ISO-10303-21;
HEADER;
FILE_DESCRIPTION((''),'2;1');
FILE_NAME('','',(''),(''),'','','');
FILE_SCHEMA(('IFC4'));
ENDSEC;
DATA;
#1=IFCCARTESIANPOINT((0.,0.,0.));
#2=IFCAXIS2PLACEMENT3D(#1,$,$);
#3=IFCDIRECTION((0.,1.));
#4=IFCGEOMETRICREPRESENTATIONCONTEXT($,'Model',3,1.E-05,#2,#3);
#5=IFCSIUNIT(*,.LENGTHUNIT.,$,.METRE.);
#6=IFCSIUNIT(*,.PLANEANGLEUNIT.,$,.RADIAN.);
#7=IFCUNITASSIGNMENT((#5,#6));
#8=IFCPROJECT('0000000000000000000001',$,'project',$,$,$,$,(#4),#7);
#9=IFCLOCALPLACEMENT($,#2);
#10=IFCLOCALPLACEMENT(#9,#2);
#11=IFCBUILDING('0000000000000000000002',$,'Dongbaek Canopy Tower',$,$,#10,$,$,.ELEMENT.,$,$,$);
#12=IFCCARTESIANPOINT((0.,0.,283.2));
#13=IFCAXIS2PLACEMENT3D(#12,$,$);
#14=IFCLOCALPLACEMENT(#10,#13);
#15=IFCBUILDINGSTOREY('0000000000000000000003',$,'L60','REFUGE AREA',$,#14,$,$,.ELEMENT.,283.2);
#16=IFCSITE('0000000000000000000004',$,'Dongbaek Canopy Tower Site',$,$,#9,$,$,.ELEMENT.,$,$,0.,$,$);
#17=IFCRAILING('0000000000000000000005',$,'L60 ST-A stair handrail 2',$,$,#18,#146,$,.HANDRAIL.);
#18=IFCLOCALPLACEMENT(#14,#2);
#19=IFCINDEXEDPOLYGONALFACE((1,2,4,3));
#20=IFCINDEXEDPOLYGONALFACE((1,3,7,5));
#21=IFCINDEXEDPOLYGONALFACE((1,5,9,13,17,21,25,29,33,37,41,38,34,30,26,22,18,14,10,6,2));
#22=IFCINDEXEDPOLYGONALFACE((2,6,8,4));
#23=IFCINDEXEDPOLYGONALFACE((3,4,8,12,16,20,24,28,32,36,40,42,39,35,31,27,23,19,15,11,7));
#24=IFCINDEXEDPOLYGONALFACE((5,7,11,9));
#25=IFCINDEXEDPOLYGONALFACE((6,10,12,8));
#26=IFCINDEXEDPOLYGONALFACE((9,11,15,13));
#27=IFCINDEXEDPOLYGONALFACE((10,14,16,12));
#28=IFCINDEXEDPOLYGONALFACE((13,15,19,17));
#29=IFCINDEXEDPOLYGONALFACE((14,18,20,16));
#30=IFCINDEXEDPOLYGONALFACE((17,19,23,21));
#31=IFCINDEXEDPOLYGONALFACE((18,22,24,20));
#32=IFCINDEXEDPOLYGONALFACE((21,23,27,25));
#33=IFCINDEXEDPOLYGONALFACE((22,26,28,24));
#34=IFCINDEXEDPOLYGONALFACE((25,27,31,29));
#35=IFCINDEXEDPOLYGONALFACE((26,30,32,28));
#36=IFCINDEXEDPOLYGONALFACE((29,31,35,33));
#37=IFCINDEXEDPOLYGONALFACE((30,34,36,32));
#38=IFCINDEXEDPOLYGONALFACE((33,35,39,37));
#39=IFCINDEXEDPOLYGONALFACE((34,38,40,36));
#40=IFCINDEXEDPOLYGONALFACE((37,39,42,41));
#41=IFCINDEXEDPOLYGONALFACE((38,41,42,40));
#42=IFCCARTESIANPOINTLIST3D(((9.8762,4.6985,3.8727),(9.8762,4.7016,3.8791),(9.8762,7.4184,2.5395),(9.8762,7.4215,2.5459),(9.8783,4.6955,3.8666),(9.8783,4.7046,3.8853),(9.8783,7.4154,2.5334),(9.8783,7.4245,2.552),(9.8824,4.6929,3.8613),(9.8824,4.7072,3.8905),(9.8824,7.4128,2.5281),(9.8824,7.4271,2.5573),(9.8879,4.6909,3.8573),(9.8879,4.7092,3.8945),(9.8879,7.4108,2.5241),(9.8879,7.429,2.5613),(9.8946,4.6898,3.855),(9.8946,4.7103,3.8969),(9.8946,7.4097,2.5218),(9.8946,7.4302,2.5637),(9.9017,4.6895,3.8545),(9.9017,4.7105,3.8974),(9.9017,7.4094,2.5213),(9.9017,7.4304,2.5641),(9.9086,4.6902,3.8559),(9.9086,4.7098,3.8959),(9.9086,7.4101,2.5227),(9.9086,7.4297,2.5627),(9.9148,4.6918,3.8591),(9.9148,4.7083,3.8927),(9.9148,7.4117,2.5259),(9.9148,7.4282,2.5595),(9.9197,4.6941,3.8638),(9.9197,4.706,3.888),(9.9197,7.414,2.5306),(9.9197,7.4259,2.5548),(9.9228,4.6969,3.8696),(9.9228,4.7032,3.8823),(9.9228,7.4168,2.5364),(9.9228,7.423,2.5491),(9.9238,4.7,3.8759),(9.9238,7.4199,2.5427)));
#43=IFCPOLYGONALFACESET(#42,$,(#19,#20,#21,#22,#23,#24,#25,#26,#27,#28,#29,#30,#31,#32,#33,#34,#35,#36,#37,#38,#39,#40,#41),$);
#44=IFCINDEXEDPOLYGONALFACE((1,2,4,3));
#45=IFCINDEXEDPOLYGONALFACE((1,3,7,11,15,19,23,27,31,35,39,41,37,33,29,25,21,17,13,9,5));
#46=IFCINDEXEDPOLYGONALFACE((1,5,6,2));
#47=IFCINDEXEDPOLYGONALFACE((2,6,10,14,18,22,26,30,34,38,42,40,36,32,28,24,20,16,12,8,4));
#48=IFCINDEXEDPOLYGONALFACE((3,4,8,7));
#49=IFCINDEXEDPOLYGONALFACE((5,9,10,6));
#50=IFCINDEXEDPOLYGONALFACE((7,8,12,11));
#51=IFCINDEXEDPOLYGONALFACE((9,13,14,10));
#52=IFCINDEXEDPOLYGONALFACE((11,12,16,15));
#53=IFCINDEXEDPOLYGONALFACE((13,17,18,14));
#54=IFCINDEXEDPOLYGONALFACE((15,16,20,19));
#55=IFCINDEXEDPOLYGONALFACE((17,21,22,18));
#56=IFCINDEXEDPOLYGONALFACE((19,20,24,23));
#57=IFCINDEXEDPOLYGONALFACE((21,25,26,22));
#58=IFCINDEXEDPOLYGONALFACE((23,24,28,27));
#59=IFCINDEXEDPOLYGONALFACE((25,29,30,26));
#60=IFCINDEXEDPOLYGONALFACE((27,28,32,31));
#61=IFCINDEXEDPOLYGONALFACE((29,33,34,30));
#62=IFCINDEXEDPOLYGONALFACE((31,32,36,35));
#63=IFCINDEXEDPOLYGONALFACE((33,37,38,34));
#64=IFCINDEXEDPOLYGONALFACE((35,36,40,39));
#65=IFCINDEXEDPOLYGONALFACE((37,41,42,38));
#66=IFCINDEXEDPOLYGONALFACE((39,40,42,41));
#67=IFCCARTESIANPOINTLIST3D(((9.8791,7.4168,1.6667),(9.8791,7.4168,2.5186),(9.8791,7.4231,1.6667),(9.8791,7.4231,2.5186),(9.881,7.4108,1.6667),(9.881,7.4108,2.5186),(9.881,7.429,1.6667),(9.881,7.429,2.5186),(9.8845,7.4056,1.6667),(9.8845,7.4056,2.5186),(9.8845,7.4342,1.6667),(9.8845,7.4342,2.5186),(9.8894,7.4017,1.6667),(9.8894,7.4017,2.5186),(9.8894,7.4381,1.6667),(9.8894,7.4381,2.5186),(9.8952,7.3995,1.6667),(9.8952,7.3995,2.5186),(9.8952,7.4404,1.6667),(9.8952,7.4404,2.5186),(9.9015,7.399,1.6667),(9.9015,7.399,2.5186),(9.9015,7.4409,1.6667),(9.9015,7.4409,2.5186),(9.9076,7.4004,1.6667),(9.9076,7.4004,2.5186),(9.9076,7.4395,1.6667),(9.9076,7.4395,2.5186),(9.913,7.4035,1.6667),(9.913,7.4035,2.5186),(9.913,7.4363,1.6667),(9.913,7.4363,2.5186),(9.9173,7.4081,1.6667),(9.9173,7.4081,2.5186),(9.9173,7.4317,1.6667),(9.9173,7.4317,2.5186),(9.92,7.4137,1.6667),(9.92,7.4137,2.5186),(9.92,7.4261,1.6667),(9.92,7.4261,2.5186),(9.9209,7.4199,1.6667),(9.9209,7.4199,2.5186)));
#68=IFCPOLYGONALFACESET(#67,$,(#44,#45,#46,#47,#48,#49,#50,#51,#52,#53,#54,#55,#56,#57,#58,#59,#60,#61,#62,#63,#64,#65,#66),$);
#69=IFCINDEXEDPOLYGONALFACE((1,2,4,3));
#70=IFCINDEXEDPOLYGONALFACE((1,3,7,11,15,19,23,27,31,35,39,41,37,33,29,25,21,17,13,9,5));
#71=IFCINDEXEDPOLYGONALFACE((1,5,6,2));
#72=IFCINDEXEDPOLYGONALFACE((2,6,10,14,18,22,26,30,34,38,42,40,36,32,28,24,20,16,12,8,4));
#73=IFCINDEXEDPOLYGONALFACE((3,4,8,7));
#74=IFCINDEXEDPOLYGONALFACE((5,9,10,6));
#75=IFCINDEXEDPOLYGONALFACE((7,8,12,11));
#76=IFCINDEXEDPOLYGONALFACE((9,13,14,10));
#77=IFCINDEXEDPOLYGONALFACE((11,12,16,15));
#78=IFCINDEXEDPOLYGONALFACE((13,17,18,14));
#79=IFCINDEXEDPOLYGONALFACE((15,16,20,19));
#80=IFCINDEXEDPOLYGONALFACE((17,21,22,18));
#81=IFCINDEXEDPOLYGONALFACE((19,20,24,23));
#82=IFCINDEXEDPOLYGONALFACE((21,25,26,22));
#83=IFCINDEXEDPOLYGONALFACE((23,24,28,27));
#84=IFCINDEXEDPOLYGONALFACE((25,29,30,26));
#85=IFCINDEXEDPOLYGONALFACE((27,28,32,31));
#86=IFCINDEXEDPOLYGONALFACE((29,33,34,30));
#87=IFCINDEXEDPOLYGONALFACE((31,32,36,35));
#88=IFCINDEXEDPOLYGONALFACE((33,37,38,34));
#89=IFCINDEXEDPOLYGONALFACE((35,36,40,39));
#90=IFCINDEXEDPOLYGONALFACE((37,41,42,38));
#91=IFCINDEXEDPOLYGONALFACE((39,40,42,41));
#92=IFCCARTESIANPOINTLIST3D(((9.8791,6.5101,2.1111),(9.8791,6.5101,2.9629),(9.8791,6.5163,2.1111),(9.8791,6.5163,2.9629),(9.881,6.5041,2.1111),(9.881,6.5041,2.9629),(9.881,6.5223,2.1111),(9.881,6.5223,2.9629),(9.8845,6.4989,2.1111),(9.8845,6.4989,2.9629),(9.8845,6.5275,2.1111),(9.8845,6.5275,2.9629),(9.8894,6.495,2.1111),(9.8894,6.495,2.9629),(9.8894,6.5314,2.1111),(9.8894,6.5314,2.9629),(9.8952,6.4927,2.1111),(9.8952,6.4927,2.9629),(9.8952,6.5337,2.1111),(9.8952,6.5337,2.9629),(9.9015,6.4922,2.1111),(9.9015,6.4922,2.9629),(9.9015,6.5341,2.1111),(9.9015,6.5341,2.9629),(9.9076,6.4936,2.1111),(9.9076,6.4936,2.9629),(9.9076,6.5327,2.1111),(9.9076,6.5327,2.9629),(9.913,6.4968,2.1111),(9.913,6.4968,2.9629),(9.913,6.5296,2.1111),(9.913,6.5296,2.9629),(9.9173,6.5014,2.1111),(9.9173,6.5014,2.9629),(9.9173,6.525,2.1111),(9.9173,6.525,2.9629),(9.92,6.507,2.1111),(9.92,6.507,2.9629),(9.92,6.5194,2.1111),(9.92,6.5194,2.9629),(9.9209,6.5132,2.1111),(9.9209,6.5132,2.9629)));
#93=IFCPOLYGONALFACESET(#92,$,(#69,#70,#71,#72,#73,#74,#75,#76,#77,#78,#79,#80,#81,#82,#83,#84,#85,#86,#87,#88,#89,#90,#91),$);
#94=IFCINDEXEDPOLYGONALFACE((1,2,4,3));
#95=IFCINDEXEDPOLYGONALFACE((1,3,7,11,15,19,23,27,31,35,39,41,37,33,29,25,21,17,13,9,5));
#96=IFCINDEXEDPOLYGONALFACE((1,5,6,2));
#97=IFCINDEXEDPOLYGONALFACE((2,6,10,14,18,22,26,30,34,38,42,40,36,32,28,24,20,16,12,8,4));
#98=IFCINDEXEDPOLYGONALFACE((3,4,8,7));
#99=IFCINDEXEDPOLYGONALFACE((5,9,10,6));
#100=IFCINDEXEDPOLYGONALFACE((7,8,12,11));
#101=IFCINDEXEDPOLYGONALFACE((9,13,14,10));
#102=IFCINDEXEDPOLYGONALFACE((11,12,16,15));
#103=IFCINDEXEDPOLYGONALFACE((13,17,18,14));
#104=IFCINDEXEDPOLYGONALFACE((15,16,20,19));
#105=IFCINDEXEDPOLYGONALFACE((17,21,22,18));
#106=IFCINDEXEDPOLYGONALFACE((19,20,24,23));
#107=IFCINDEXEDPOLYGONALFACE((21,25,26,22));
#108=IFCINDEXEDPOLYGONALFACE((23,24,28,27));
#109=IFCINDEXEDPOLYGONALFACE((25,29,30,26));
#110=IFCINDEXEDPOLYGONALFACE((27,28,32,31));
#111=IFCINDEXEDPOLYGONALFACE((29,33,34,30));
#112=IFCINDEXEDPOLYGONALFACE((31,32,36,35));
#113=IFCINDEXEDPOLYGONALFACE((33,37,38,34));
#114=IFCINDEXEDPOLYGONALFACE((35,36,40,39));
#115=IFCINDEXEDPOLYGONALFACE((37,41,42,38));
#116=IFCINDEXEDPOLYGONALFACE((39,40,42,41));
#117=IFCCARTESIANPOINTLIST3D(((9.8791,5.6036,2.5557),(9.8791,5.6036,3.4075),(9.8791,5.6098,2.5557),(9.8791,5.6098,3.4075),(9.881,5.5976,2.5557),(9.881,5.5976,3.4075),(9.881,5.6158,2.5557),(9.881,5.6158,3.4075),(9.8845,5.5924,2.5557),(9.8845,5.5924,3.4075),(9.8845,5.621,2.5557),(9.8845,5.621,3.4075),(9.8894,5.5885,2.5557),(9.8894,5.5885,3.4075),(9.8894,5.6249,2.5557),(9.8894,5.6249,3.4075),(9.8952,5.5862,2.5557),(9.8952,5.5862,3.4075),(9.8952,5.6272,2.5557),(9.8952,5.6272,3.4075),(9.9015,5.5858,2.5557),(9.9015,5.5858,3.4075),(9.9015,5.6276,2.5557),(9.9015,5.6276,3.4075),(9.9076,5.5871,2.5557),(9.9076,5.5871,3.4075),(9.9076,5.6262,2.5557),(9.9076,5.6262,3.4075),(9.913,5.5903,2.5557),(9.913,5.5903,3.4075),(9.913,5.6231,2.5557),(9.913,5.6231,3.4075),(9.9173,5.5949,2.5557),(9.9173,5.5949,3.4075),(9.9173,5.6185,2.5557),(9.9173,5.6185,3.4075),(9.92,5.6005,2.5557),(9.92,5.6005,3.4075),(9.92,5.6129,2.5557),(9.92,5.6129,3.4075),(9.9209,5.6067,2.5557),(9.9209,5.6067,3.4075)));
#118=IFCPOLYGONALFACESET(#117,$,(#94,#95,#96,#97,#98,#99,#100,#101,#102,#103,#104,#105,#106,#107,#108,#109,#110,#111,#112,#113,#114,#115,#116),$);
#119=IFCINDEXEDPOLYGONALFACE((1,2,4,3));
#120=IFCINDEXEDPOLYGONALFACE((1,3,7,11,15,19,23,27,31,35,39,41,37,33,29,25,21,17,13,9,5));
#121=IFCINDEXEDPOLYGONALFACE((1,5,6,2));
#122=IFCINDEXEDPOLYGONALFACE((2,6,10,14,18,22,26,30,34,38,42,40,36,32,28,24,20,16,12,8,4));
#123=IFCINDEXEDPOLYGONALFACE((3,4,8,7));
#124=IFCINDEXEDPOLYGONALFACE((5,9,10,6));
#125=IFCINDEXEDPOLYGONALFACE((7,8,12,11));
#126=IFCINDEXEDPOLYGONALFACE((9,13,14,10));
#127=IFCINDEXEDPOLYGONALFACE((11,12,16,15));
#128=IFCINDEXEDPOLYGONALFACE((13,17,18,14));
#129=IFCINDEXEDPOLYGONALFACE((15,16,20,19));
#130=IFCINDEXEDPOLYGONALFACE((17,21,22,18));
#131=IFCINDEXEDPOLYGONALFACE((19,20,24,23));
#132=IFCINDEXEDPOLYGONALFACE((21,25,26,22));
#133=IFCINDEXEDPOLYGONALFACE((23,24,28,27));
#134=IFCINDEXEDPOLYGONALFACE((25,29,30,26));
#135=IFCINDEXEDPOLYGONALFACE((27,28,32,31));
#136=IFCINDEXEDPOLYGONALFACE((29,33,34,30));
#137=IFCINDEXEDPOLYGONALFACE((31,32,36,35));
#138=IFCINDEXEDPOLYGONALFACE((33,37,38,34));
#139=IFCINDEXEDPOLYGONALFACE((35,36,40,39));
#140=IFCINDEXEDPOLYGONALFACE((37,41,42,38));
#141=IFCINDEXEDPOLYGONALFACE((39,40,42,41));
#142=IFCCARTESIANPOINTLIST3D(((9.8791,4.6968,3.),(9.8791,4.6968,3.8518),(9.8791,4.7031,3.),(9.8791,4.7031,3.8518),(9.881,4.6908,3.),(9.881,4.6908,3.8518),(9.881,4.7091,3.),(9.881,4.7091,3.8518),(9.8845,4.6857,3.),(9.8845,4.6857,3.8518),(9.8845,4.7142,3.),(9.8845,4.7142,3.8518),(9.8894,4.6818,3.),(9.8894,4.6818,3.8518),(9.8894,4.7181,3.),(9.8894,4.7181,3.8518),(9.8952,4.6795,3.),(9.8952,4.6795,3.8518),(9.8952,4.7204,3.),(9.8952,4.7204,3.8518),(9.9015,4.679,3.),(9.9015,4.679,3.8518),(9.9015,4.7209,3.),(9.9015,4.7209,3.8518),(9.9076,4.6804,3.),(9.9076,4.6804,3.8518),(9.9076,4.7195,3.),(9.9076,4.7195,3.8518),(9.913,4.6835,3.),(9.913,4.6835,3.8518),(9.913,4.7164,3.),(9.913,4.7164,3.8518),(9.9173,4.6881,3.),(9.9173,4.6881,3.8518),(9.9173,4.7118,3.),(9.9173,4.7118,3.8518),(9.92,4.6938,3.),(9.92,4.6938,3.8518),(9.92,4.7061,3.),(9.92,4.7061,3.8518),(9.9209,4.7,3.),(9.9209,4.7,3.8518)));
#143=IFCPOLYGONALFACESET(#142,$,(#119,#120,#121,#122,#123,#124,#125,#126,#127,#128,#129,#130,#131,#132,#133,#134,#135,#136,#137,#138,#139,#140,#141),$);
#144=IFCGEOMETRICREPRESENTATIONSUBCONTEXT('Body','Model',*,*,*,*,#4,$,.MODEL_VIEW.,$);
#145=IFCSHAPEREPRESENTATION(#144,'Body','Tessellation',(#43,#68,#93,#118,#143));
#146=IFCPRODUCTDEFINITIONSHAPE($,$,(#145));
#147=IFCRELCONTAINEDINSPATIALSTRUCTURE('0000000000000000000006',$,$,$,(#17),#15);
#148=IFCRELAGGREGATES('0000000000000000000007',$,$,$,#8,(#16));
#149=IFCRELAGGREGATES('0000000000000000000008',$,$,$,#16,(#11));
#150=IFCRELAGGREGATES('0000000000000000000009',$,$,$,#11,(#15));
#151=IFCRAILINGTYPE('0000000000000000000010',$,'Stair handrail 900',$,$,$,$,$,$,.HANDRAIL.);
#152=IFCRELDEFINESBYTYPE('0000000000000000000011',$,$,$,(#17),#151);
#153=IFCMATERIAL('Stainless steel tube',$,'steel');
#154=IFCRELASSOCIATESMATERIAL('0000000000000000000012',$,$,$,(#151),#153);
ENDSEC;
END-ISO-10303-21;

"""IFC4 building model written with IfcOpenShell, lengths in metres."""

from ifc_helpers import new_model, si_unit, direction, frame, origin, origin_2d, place, context, subcontext, project, spatial, circle, extrude, material, type_object, element, save


model = new_model("IFC4")

# Units and contexts
model_context = context("Model", 3, precision=1e-05, world=origin(), true_north=direction((0.0, 1.0)))
body_context = subcontext(model_context, "Body", "Model", "MODEL_VIEW")
ifc_project = project(units=[si_unit("LENGTHUNIT", "METRE"), si_unit("PLANEANGLEUNIT", "RADIAN")], contexts=[model_context])

# Site, building, storey
site_placement = place(None, origin())
site = spatial("IfcSite", under=ifc_project, at=site_placement, Name="Dongbaek Canopy Tower Site", CompositionType="ELEMENT", RefElevation=0.0)
building_placement = place(site_placement, origin())
building = spatial("IfcBuilding", under=site, at=building_placement, Name="Dongbaek Canopy Tower", CompositionType="ELEMENT")
storey_placement = place(building_placement, frame((0.0, 0.0, 283.2)))
storey = spatial("IfcBuildingStorey", under=building, at=storey_placement, Name="L60", Description="REFUGE AREA", CompositionType="ELEMENT", Elevation=283.2)

# Railing
ifc_material_1 = material(Name="Stainless steel tube", Category="steel")
railing_type_1 = type_object("IfcRailingType", Name="Stair handrail 900", PredefinedType="HANDRAIL", material=ifc_material_1)
for number, where, name in (
    (1, (9.8999, 7.4199, 1.6667), "L60 ST-A stair handrail 2"),
):
    element("IfcRailing", number, at=place(storey_placement, frame(where)), inside=storey, type_object=railing_type_1, Name=name, PredefinedType="HANDRAIL", context=body_context, shape_type="SweptSolid", body=[
        extrude(circle(Radius=0.0239, at=origin_2d()), frame((0.0, 0.0, 0.876), z_axis=(0.0, -0.897929, 0.440139), x_axis=(1.0, 0.0, 0.0)), (0.0, 0.0, 1.0), 3.0291),
        extrude(circle(Radius=0.021, at=origin_2d()), origin(), (0.0, 0.0, 1.0), 0.8518),
        extrude(circle(Radius=0.021, at=origin_2d()), frame((0.0, -0.9067, 0.4443)), (0.0, 0.0, 1.0), 0.8518),
        extrude(circle(Radius=0.021, at=origin_2d()), frame((0.0, -1.8132, 0.8889)), (0.0, 0.0, 1.0), 0.8518),
        extrude(circle(Radius=0.021, at=origin_2d()), frame((0.0, -2.72, 1.3333)), (0.0, 0.0, 1.0), 0.8518),
    ])

save(model, "model.ifc")
